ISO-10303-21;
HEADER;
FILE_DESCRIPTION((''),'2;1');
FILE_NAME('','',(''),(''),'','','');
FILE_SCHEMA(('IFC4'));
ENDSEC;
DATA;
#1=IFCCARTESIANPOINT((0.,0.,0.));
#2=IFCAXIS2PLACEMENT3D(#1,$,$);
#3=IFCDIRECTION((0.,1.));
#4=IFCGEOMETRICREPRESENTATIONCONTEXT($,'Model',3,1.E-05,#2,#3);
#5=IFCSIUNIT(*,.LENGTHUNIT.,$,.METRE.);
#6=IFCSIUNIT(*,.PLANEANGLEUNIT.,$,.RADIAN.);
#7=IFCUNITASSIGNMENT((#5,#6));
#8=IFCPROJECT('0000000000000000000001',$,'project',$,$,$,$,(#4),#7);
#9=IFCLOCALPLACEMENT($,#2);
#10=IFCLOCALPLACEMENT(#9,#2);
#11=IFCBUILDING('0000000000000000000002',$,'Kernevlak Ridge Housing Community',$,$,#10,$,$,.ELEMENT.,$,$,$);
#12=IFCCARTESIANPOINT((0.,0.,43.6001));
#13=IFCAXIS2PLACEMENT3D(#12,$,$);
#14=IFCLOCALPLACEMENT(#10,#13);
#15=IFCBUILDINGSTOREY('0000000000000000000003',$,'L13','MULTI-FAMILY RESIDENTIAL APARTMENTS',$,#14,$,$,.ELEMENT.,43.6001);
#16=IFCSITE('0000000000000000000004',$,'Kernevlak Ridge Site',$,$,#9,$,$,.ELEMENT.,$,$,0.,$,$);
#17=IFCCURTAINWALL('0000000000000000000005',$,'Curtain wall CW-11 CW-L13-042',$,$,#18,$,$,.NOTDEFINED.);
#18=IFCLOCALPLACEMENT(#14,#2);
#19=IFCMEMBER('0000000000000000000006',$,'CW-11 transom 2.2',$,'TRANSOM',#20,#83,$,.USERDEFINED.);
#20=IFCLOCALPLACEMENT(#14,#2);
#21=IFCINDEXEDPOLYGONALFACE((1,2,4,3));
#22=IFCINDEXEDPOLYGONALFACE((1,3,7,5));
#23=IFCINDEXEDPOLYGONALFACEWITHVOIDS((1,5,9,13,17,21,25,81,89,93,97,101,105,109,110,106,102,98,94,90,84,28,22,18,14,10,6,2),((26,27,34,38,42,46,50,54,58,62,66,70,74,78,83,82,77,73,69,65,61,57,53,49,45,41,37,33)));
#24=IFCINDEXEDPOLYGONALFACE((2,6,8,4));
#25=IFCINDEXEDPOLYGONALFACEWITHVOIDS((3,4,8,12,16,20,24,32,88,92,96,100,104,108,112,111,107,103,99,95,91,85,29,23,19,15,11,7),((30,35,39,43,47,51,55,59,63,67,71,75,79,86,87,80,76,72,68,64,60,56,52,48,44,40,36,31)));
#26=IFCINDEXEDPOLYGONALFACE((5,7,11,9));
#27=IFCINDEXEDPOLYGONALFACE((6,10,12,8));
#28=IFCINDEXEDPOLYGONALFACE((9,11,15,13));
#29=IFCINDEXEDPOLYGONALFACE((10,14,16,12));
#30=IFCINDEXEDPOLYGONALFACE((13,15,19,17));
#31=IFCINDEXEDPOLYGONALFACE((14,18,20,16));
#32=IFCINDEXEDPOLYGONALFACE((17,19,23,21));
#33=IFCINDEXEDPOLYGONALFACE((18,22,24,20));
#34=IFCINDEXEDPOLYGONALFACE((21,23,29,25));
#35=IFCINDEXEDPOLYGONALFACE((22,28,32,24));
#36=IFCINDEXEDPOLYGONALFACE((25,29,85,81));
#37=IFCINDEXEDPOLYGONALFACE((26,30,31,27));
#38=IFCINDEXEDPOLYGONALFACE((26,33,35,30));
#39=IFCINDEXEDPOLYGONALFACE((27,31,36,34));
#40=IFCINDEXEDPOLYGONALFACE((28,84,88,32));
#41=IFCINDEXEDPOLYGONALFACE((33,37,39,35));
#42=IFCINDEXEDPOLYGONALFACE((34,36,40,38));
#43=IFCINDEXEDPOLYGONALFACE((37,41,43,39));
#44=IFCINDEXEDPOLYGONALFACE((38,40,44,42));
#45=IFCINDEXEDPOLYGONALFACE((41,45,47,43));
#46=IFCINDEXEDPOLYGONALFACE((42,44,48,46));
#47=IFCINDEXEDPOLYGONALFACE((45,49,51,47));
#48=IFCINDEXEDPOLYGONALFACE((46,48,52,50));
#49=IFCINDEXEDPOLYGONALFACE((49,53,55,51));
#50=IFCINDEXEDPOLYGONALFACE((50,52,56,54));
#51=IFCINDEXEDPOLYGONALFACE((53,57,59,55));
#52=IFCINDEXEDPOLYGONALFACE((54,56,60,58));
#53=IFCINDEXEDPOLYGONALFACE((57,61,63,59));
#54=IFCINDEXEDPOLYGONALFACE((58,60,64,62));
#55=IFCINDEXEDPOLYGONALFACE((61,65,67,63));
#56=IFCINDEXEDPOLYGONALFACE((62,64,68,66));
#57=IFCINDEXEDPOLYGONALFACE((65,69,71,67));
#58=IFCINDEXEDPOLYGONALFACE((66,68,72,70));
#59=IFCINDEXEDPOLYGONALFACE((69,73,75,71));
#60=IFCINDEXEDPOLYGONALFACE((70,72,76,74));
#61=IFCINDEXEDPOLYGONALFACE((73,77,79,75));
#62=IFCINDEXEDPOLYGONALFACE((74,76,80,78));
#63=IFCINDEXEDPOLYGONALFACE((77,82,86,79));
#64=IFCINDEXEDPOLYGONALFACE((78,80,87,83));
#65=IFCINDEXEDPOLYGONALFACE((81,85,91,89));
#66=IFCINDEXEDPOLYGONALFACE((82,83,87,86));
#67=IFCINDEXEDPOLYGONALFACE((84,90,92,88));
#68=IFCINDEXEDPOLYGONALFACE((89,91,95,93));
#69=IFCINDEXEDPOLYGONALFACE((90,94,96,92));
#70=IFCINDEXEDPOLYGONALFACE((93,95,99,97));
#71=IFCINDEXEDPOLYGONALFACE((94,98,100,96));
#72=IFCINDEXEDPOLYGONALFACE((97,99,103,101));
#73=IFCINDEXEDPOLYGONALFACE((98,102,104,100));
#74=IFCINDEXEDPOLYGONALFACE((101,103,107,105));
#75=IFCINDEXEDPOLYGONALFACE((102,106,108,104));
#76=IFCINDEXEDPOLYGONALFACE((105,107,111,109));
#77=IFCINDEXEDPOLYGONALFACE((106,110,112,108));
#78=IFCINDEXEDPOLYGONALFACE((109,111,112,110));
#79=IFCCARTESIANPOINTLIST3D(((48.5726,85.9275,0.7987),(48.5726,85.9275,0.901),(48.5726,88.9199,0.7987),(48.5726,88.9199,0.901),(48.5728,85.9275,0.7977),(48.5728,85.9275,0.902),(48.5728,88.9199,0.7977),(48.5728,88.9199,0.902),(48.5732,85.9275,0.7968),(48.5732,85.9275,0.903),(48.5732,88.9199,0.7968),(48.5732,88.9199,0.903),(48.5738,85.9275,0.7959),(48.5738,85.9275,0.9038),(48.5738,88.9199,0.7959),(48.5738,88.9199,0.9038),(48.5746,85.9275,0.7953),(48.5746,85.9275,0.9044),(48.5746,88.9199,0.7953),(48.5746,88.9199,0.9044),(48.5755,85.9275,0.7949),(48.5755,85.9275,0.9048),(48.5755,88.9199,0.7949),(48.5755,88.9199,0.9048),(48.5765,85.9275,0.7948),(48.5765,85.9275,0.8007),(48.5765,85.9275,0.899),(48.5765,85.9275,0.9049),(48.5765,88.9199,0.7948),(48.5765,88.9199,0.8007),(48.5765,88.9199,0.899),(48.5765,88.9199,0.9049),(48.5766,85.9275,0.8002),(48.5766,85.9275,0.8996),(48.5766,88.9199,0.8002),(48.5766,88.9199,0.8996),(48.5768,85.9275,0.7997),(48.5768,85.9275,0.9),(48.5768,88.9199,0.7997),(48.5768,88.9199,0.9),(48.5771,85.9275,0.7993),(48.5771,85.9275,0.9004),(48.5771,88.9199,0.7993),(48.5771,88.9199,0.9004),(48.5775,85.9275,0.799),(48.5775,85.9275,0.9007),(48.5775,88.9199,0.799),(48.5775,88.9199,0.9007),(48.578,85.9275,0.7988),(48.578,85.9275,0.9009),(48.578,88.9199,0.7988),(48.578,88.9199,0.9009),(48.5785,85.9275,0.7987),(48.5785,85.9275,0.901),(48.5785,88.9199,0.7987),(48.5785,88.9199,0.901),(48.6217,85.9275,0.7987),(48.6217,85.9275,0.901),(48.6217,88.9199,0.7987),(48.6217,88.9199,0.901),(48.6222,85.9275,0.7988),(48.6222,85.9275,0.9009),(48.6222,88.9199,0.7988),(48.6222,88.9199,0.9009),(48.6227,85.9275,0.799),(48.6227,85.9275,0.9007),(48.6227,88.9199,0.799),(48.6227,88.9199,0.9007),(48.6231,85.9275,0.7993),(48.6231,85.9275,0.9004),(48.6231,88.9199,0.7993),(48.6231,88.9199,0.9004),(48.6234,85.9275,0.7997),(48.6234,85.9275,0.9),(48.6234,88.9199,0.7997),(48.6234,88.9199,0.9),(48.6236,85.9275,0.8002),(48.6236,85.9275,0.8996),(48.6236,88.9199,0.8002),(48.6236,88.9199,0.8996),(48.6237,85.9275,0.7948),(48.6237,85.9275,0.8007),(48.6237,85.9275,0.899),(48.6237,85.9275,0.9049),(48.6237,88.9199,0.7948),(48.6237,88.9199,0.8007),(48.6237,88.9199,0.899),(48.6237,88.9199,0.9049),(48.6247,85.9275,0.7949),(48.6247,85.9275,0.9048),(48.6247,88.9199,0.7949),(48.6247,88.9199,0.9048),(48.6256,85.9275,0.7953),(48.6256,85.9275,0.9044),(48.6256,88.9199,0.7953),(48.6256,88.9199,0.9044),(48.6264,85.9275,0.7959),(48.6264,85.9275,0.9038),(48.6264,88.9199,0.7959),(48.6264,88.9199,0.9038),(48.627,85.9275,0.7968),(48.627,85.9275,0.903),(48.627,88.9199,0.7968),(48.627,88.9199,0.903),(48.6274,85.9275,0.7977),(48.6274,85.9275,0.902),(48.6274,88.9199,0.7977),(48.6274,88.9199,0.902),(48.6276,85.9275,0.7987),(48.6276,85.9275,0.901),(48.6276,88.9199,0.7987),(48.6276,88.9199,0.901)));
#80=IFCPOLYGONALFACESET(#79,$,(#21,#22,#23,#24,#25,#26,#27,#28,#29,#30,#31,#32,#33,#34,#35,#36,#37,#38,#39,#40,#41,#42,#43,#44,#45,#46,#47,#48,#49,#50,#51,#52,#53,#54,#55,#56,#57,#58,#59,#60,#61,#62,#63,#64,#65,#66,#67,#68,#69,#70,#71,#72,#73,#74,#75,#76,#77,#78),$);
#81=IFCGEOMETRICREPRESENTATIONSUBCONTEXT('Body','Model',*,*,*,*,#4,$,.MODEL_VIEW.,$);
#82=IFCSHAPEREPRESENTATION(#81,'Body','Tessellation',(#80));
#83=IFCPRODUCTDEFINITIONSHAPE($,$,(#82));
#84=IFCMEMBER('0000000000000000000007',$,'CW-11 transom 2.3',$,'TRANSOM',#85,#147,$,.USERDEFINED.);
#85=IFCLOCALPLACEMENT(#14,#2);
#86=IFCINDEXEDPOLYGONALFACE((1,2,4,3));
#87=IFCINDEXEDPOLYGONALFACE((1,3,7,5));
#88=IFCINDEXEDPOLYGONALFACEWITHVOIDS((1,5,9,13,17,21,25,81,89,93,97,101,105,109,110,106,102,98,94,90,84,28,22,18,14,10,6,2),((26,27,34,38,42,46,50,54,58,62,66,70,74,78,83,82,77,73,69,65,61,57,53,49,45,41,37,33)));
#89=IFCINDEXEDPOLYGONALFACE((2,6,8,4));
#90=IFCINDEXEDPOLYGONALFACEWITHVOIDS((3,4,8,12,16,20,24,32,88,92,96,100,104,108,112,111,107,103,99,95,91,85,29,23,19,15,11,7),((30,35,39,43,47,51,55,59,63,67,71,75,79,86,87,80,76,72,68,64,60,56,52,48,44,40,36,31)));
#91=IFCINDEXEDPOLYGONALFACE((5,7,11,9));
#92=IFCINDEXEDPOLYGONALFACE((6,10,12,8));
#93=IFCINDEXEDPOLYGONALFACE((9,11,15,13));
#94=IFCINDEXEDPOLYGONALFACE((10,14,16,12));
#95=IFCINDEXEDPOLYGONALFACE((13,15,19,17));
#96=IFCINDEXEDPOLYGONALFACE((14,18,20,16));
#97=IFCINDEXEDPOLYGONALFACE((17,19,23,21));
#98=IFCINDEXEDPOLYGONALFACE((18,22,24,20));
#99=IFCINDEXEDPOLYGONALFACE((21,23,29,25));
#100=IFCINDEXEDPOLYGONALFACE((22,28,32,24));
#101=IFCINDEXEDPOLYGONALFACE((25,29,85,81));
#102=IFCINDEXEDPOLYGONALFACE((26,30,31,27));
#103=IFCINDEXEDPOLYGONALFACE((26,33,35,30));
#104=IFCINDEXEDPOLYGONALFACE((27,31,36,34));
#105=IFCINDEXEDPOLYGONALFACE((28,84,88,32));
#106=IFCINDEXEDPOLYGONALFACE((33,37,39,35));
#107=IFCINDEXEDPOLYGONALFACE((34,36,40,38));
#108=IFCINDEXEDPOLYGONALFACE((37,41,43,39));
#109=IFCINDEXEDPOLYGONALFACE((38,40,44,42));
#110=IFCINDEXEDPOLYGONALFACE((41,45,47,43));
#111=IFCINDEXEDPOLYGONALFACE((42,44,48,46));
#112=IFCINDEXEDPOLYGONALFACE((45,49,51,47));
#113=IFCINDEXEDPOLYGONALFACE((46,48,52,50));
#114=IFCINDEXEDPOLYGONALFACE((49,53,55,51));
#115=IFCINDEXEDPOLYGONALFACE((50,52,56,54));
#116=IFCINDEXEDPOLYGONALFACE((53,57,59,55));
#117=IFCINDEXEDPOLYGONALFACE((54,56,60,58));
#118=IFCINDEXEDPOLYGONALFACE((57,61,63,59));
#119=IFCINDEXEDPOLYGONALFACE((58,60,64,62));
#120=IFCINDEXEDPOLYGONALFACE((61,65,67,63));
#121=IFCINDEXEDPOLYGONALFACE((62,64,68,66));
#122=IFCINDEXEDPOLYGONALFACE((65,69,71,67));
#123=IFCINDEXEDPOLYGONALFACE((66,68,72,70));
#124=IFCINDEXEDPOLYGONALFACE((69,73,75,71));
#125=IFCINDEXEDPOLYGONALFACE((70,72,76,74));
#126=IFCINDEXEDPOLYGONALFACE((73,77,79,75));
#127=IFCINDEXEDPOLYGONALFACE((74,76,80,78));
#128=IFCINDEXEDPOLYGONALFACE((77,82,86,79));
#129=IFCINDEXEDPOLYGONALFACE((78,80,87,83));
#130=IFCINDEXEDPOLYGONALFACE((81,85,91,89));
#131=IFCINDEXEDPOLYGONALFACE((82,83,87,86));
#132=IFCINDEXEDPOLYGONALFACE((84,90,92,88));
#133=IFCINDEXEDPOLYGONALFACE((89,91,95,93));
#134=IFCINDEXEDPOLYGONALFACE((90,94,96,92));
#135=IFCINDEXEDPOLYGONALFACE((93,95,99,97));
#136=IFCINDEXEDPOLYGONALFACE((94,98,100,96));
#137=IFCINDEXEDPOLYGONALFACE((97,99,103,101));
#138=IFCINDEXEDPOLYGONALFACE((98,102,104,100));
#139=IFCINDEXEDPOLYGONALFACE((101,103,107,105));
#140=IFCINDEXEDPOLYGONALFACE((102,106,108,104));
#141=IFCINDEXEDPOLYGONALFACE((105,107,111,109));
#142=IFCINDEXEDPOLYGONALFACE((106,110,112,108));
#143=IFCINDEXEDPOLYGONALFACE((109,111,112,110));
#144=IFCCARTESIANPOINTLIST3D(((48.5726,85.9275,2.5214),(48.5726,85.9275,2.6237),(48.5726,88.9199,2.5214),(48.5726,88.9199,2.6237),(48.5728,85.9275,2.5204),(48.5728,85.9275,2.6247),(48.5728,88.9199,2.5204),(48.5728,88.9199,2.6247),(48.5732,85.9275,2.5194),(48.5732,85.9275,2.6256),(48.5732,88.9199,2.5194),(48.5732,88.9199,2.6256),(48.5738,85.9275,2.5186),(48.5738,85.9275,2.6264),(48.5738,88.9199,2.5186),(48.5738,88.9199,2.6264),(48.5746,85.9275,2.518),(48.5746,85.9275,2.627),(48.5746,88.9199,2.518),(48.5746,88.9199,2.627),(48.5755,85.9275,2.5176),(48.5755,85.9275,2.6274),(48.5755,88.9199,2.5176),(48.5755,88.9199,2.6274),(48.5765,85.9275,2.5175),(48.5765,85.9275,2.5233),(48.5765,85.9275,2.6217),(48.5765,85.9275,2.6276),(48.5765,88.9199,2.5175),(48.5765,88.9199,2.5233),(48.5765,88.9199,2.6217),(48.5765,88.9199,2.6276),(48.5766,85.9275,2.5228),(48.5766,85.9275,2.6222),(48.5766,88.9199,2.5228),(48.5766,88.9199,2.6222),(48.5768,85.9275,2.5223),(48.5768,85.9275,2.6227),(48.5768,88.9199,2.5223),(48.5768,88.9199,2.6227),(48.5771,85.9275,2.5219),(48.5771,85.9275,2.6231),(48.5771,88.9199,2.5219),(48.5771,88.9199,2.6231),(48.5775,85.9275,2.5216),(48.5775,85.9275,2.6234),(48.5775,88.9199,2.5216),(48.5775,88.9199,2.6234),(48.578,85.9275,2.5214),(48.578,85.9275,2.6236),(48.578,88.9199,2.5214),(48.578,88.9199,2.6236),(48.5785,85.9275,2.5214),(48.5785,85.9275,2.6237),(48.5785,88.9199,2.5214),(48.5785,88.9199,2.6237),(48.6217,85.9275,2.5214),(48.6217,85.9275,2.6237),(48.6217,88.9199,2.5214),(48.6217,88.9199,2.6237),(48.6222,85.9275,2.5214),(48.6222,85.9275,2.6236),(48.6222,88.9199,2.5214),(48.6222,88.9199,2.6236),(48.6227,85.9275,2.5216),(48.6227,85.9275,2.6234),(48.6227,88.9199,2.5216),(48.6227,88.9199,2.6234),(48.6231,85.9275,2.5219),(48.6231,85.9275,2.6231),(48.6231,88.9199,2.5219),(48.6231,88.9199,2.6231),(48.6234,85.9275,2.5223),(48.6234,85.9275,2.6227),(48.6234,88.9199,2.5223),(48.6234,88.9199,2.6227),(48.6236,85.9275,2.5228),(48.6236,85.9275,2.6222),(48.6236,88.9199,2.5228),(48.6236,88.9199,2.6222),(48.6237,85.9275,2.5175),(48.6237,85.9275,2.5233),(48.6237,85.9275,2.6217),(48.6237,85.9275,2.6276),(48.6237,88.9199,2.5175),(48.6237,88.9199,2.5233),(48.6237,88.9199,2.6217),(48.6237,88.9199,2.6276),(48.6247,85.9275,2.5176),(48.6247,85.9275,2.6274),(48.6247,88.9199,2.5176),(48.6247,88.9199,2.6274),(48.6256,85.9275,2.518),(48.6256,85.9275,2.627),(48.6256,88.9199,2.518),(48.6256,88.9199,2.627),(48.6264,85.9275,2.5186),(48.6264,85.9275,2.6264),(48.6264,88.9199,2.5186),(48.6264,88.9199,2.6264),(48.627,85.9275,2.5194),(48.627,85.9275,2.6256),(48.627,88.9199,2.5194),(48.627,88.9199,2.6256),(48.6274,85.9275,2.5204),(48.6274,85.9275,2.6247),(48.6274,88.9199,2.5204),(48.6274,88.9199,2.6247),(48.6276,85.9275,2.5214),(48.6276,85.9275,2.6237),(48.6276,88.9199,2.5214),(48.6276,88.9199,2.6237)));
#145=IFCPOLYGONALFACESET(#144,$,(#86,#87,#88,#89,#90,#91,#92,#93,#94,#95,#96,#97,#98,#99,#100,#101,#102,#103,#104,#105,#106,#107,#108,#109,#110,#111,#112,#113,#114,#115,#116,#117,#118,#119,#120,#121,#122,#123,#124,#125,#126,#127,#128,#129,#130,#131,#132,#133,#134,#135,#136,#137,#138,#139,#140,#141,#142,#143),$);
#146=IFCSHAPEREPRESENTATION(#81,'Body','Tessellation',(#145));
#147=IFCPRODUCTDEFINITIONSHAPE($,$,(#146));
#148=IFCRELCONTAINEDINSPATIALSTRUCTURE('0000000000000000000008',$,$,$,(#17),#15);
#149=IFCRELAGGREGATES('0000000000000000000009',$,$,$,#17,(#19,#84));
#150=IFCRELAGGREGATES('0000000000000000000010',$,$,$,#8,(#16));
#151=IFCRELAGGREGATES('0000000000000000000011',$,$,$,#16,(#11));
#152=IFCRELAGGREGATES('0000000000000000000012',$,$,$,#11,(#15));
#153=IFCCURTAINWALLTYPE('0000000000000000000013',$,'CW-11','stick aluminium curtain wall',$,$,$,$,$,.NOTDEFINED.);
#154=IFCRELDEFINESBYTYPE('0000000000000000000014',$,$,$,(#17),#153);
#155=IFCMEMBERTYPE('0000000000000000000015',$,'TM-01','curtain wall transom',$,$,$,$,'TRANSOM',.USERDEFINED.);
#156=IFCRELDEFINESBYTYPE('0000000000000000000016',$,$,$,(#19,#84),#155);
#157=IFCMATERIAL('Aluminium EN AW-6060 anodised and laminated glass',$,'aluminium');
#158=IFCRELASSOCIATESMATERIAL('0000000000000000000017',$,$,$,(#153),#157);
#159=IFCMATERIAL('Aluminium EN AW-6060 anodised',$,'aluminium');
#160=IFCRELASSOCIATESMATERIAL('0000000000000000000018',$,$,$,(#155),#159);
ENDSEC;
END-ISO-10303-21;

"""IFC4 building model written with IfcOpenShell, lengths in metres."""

from ifc_helpers import new_model, si_unit, direction, frame, origin, origin_2d, place, context, subcontext, project, spatial, hollow_rectangle, extrude, material, material_profile, profile_set, type_object, element, aggregate, save


model = new_model("IFC4")

# Units and contexts
model_context = context("Model", 3, precision=1e-05, world=origin(), true_north=direction((0.0, 1.0)))
body_context = subcontext(model_context, "Body", "Model", "MODEL_VIEW")
ifc_project = project(units=[si_unit("LENGTHUNIT", "METRE"), si_unit("PLANEANGLEUNIT", "RADIAN")], contexts=[model_context])

# Site, building, storey
site_placement = place(None, origin())
site = spatial("IfcSite", under=ifc_project, at=site_placement, Name="Kernevlak Ridge Site", CompositionType="ELEMENT", RefElevation=0.0)
building_placement = place(site_placement, origin())
building = spatial("IfcBuilding", under=site, at=building_placement, Name="Kernevlak Ridge Housing Community", CompositionType="ELEMENT")
storey_placement = place(building_placement, frame((0.0, 0.0, 43.6001)))
storey = spatial("IfcBuildingStorey", under=building, at=storey_placement, Name="L13", Description="MULTI-FAMILY RESIDENTIAL APARTMENTS", CompositionType="ELEMENT", Elevation=43.6001)

# Shared definitions
ifc_material_1 = material(Name="Aluminium EN AW-6060 anodised and laminated glass", Category="aluminium")
ifc_material_2 = material(Name="Aluminium EN AW-6060 anodised", Category="aluminium")

# Curtain wall, members
curtain_wall_type_1 = type_object("IfcCurtainWallType", Name="CW-11", Description="stick aluminium curtain wall", PredefinedType="NOTDEFINED", material=ifc_material_1)
curtain_wall_1_placement = place(storey_placement, origin())
curtain_wall_1 = element("IfcCurtainWall", 1, at=curtain_wall_1_placement, inside=storey, type_object=curtain_wall_type_1, Name="Curtain wall CW-11 CW-L13-042", PredefinedType="NOTDEFINED")
ifc_material_profile_1 = material_profile(ifc_material_2, hollow_rectangle(XDim=0.0549, YDim=0.1101, WallThickness=0.0039, InnerFilletRadius=0.002, OuterFilletRadius=0.0039, at=origin_2d()), Name="ALU 55x110x4")
ifc_profile_set_1 = profile_set([ifc_material_profile_1], Name="Aluminium EN AW-6060 anodised")
member_type_1 = type_object("IfcMemberType", Name="TM-01", Description="curtain wall transom", ElementType="TRANSOM", PredefinedType="USERDEFINED", material=ifc_profile_set_1)
member_1_placement = place(storey_placement, frame((48.6001, 85.9275, 0.8499), z_axis=(0.0, 1.0, 0.0), x_axis=(-1.0, 0.0, 0.0)))
member_1 = element("IfcMember", 2, at=member_1_placement, type_object=member_type_1, Name="CW-11 transom 2.2", ObjectType="TRANSOM", PredefinedType="USERDEFINED", context=body_context, shape_type="SweptSolid", body=[
    extrude(hollow_rectangle(XDim=0.0549, YDim=0.1101, WallThickness=0.0039, InnerFilletRadius=0.002, OuterFilletRadius=0.0039, at=origin_2d()), origin(), (0.0, 0.0, 1.0), 2.9924),
])
member_2_placement = place(storey_placement, frame((48.6001, 85.9275, 2.5725), z_axis=(0.0, 1.0, 0.0), x_axis=(-1.0, 0.0, 0.0)))
member_2 = element("IfcMember", 3, at=member_2_placement, type_object=member_type_1, Name="CW-11 transom 2.3", ObjectType="TRANSOM", PredefinedType="USERDEFINED", context=body_context, shape_type="SweptSolid", body=[
    extrude(hollow_rectangle(XDim=0.0549, YDim=0.1101, WallThickness=0.0039, InnerFilletRadius=0.002, OuterFilletRadius=0.0039, at=origin_2d()), origin(), (0.0, 0.0, 1.0), 2.9924),
])

aggregate(curtain_wall_1, [member_1, member_2])

save(model, "model.ifc")
